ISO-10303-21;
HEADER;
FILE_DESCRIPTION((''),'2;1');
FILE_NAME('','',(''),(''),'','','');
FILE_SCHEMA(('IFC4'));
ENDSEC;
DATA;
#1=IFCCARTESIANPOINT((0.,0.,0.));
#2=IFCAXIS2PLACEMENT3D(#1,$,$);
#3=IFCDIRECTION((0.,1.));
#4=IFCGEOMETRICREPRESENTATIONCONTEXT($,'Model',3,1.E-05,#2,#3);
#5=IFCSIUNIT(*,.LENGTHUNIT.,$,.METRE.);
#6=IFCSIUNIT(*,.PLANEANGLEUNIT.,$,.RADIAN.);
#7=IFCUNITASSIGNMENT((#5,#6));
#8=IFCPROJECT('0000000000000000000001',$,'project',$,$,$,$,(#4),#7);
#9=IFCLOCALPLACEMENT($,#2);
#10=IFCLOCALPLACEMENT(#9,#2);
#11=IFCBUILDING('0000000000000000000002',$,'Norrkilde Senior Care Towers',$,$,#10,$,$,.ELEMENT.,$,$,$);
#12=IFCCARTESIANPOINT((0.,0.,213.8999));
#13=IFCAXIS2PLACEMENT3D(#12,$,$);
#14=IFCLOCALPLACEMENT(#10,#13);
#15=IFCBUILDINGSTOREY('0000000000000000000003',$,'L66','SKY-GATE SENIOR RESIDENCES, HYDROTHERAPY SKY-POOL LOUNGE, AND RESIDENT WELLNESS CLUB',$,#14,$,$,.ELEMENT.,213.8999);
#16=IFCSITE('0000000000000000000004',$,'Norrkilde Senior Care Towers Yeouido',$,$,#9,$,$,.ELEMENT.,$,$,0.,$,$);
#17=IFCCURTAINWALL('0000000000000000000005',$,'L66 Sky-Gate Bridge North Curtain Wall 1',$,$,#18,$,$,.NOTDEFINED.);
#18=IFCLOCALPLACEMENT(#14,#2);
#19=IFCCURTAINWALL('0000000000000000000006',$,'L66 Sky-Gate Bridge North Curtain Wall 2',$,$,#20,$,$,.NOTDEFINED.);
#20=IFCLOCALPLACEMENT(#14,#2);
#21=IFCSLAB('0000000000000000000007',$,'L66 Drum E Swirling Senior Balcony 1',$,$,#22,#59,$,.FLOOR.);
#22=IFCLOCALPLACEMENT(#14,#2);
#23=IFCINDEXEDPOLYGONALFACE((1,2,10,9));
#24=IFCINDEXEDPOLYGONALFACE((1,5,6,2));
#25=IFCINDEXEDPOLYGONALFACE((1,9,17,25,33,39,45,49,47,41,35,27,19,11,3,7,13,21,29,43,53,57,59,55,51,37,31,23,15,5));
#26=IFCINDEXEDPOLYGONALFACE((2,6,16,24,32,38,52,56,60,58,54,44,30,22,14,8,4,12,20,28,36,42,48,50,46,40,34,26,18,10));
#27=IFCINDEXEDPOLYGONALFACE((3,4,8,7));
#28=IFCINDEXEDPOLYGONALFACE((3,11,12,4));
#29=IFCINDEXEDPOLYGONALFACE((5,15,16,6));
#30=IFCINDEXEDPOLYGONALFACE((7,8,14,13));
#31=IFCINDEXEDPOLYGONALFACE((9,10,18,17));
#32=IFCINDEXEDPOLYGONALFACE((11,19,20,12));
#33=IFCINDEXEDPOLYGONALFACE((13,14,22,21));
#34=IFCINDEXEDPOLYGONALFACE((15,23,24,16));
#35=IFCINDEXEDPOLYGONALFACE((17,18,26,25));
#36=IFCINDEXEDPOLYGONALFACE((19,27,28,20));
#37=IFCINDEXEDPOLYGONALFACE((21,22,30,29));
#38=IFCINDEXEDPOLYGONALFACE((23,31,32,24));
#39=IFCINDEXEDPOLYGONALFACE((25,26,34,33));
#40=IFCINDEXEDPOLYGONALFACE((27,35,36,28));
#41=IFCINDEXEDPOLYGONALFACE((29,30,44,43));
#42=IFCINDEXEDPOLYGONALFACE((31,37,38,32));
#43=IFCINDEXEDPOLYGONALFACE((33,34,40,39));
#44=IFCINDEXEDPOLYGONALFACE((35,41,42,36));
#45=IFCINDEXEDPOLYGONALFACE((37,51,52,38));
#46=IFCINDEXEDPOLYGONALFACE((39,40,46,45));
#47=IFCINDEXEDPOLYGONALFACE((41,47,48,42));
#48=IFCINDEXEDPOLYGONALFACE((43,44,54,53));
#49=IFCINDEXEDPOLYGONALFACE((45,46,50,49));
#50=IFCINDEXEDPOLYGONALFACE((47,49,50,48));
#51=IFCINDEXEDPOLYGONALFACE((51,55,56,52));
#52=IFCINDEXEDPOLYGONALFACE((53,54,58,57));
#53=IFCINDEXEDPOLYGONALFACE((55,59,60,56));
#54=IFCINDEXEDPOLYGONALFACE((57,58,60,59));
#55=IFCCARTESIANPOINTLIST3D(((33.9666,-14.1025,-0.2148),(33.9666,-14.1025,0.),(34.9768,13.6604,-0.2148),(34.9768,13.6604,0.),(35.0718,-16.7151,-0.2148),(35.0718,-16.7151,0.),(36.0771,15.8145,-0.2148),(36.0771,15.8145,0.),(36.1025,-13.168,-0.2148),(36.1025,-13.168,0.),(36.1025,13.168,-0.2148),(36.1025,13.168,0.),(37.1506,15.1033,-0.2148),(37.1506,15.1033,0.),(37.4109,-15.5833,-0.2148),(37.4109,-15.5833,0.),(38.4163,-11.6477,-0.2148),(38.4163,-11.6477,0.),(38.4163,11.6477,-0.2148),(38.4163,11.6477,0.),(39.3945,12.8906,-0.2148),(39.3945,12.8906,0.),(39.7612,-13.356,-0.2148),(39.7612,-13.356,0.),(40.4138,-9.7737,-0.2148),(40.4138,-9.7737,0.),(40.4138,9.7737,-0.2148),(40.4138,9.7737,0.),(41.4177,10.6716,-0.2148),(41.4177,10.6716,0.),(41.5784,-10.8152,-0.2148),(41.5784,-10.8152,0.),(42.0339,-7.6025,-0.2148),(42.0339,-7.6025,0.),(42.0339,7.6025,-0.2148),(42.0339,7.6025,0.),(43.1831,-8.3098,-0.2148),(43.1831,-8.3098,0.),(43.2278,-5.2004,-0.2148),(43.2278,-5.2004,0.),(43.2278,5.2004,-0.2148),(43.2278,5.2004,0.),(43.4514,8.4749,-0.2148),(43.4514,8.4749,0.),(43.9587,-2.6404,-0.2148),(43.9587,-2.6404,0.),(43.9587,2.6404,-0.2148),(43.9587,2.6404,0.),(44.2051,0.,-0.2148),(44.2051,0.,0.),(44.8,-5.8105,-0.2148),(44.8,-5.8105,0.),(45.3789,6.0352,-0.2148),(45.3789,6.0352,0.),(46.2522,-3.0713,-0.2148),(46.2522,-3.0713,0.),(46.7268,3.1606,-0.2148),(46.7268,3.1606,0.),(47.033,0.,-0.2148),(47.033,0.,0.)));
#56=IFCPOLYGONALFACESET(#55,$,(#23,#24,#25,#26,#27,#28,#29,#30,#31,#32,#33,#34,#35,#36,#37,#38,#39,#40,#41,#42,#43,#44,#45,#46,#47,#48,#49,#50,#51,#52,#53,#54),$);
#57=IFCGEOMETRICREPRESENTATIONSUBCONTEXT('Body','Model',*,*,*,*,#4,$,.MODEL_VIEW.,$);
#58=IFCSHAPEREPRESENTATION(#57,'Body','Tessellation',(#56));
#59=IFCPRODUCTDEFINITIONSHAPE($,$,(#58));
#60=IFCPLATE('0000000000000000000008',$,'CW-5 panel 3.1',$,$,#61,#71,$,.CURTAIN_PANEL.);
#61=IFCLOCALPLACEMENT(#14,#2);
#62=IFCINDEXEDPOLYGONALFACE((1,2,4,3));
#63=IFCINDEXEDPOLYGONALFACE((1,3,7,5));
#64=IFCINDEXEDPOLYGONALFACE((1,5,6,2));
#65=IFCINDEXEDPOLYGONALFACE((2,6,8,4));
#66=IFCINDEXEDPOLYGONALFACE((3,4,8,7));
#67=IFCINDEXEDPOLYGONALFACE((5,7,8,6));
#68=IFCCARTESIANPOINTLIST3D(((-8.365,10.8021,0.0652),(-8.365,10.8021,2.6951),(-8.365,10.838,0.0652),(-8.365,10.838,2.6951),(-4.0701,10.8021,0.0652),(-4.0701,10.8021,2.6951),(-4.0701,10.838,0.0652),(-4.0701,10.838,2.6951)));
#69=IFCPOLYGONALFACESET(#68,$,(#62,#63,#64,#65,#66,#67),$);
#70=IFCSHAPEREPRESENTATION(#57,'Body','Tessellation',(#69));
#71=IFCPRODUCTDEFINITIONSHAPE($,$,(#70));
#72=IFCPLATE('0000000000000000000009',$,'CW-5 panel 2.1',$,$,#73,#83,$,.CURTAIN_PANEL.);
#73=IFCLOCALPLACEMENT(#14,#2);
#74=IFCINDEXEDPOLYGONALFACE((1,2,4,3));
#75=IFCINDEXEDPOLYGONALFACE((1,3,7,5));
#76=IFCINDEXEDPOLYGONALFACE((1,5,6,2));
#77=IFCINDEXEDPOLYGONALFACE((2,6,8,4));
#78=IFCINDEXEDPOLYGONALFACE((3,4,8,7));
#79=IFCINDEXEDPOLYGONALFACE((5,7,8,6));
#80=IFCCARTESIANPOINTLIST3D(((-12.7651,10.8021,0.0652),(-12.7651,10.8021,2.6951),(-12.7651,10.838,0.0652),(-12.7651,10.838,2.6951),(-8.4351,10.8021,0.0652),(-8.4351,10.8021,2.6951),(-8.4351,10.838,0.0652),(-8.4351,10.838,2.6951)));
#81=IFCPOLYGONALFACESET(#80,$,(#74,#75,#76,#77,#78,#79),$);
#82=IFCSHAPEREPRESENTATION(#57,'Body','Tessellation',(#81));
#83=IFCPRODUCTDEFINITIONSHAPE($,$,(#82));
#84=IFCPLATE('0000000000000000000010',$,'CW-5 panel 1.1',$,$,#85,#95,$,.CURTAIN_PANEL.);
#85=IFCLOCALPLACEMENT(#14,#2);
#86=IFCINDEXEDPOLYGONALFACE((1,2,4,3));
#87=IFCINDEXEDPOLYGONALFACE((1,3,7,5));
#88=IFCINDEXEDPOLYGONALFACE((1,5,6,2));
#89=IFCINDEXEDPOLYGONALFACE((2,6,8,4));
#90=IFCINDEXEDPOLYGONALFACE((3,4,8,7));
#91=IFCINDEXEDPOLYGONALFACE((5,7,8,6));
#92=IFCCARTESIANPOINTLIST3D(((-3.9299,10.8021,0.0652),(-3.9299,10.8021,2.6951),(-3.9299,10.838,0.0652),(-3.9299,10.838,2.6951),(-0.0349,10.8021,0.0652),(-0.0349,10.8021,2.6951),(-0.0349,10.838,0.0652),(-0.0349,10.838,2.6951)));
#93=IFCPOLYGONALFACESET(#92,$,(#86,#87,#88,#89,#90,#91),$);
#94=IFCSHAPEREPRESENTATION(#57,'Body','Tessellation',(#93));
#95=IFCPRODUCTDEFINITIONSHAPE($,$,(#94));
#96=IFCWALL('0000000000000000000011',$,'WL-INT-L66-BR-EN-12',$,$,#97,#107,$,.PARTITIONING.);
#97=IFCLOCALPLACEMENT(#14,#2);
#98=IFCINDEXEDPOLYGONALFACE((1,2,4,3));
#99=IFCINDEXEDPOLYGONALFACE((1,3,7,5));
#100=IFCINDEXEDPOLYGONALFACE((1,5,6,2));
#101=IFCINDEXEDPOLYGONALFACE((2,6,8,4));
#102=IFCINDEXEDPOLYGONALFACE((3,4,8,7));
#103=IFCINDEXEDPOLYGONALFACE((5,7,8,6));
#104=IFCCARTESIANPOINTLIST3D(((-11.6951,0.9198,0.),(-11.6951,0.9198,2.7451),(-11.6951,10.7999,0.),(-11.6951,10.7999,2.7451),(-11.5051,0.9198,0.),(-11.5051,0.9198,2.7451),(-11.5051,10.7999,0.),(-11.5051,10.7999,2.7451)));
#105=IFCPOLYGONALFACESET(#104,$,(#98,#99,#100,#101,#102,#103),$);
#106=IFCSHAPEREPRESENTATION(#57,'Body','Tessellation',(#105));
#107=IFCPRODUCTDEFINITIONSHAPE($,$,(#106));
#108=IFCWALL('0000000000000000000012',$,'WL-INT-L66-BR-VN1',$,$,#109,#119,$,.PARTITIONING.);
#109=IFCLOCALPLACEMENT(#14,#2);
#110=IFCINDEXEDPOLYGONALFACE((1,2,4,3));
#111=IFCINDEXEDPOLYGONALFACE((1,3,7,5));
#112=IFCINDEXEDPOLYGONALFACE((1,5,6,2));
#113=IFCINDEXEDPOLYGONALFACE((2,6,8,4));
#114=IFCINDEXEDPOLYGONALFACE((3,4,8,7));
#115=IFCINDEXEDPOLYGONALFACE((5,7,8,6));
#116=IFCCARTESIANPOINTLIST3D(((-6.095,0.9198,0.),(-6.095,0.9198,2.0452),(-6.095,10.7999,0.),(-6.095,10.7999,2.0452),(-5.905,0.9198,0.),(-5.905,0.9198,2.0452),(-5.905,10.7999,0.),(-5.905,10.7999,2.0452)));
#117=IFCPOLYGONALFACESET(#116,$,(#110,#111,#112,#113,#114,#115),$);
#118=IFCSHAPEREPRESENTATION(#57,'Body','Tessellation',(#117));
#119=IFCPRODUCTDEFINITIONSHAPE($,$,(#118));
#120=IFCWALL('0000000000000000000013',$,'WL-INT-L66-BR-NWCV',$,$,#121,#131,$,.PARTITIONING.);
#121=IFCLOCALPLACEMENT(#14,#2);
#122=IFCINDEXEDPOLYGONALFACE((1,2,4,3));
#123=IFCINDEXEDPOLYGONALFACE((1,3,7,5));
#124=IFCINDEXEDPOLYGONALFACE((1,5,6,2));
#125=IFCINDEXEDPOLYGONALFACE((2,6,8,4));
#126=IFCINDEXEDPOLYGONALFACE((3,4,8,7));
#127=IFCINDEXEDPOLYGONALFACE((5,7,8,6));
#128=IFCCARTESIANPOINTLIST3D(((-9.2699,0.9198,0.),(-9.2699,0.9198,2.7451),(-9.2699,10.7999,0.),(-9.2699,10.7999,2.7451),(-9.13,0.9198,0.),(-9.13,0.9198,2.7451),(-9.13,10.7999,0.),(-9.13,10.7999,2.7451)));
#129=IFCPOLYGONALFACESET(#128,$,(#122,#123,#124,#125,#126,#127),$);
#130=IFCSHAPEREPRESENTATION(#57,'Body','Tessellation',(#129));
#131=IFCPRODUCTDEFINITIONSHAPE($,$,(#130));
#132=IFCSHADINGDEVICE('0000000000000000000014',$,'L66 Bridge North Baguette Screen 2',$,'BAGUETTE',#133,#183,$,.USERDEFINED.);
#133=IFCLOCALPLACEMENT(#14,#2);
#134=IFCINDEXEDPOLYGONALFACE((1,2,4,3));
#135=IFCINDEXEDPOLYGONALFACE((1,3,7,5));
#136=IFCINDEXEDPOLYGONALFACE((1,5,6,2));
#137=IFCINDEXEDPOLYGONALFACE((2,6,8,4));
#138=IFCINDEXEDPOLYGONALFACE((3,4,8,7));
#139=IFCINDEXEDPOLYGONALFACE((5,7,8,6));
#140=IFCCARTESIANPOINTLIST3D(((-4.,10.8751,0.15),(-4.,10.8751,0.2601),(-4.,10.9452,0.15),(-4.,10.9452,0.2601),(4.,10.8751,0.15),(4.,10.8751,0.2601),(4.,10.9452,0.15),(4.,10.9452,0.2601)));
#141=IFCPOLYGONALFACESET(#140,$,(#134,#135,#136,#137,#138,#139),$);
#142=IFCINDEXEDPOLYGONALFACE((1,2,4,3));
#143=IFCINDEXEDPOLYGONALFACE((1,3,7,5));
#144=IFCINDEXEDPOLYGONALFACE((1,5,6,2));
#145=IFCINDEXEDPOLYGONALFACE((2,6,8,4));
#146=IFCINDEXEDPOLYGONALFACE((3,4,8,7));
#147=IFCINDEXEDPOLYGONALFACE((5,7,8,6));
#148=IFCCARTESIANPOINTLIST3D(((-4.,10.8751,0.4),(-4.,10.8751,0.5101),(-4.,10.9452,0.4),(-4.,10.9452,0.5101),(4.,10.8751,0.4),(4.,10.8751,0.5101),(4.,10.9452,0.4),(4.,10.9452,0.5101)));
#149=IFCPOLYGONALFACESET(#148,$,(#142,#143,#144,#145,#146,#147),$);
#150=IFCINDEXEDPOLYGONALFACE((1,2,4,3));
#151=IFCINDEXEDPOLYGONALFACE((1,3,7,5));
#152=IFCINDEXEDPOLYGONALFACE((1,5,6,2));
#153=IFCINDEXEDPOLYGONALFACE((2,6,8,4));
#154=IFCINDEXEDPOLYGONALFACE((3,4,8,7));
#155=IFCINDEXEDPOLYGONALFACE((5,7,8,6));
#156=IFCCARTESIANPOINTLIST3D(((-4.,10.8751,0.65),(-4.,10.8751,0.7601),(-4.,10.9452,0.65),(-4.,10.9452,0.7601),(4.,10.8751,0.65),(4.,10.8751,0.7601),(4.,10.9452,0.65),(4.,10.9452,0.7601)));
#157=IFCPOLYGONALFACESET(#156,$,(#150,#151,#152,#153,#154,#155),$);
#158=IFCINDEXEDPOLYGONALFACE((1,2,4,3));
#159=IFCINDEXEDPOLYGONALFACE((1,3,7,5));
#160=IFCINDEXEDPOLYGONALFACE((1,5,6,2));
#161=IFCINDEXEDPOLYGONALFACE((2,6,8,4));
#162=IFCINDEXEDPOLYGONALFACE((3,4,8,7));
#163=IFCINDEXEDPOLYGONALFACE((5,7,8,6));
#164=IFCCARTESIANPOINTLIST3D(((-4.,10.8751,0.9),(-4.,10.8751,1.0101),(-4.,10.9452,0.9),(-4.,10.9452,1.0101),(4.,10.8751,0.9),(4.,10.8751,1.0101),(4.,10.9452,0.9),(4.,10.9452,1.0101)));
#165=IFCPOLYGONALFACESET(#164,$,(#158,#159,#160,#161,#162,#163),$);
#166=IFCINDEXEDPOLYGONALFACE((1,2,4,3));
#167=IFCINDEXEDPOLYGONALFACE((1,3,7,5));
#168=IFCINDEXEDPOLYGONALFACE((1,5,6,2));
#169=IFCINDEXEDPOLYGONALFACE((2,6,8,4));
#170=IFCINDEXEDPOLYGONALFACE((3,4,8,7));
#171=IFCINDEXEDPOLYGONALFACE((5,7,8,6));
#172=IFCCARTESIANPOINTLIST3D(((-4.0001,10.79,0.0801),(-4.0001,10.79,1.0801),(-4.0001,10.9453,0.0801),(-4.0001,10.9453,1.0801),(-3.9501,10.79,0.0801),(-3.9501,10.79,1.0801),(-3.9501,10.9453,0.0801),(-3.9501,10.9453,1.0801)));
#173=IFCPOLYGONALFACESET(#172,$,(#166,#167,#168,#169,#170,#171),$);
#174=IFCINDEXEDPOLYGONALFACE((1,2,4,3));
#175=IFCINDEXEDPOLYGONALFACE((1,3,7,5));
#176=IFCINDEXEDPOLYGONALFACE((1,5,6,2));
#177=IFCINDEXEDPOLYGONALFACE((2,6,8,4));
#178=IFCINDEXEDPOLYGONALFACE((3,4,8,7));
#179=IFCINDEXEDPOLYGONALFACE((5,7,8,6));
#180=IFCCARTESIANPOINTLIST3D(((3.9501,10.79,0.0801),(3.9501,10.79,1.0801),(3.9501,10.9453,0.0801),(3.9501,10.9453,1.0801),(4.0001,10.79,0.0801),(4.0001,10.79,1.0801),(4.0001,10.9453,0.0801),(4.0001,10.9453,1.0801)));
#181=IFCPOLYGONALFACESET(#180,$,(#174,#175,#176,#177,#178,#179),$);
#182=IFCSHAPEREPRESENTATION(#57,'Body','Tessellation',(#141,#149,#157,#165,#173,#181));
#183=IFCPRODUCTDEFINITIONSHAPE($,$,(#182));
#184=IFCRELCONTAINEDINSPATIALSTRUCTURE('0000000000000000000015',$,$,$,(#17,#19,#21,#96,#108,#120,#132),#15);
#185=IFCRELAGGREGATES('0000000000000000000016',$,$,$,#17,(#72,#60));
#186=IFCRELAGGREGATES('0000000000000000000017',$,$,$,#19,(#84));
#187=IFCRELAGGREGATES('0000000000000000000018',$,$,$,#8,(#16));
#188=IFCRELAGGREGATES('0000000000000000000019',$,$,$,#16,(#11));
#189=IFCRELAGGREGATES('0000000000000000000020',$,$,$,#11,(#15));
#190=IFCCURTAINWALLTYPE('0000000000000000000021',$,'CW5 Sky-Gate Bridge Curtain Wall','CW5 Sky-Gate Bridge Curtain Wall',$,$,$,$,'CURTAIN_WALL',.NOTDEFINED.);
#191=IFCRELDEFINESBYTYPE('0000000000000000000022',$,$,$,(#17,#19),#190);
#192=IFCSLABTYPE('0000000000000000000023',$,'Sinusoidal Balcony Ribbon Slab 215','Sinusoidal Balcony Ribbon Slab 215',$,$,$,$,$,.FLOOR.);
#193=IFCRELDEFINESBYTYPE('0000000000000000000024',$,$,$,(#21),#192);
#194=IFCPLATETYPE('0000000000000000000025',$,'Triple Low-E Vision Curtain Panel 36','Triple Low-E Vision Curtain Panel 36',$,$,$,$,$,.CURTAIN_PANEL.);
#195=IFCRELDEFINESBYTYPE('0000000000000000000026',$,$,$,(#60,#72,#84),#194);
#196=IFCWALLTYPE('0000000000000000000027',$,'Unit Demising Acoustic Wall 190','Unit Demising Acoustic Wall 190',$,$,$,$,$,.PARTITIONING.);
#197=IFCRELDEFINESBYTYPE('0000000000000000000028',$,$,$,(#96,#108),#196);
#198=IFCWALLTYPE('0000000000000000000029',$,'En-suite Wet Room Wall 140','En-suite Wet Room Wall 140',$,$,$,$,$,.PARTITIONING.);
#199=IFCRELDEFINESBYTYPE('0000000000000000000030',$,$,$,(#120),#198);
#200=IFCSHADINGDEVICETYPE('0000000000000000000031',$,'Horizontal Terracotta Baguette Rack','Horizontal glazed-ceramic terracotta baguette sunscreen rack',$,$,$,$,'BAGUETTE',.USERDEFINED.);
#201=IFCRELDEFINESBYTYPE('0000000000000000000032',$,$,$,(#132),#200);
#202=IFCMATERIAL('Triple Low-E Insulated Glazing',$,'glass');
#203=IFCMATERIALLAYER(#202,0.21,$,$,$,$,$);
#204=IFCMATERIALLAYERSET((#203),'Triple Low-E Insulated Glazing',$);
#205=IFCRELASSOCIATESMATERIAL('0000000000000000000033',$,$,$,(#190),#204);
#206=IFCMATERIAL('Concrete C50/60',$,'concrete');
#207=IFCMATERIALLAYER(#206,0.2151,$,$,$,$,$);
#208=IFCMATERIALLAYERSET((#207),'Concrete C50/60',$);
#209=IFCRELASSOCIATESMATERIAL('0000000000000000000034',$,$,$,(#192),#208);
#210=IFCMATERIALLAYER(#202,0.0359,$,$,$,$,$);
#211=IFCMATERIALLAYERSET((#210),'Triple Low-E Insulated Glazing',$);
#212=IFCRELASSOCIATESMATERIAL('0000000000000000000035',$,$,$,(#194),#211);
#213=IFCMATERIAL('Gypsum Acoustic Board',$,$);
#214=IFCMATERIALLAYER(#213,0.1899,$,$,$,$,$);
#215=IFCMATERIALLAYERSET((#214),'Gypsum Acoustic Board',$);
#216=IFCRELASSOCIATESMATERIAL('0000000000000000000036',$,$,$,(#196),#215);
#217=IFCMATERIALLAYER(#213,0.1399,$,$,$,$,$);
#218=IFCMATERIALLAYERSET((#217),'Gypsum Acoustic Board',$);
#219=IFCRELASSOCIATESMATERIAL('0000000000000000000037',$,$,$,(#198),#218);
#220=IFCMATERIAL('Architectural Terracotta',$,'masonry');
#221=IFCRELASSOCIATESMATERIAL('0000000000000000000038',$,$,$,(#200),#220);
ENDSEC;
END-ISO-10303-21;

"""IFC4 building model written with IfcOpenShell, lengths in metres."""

from ifc_helpers import new_model, si_unit, direction, frame, frame_2d, origin, origin_2d, place, context, subcontext, project, spatial, polyline, rectangle, outline, extrude, source, transform, mapped, material, layer, layer_set, type_object, type_shapes, element, aggregate, save


model = new_model("IFC4")

# Units and contexts
model_context = context("Model", 3, precision=1e-05, world=origin(), true_north=direction((0.0, 1.0)))
body_context = subcontext(model_context, "Body", "Model", "MODEL_VIEW")
ifc_project = project(units=[si_unit("LENGTHUNIT", "METRE"), si_unit("PLANEANGLEUNIT", "RADIAN")], contexts=[model_context])

# Site, building, storey
site_placement = place(None, origin())
site = spatial("IfcSite", under=ifc_project, at=site_placement, Name="Norrkilde Senior Care Towers Yeouido", CompositionType="ELEMENT", RefElevation=0.0)
building_placement = place(site_placement, origin())
building = spatial("IfcBuilding", under=site, at=building_placement, Name="Norrkilde Senior Care Towers", CompositionType="ELEMENT")
storey_placement = place(building_placement, frame((0.0, 0.0, 213.8999)))
storey = spatial("IfcBuildingStorey", under=building, at=storey_placement, Name="L66", Description="SKY-GATE SENIOR RESIDENCES, HYDROTHERAPY SKY-POOL LOUNGE, AND RESIDENT WELLNESS CLUB", CompositionType="ELEMENT", Elevation=213.8999)

# Curtain walls
ifc_material_1 = material(Name="Triple Low-E Insulated Glazing", Category="glass")
ifc_layer_1 = layer(ifc_material_1, 0.21)
ifc_layer_set_1 = layer_set([ifc_layer_1], Name="Triple Low-E Insulated Glazing")
curtain_wall_type = type_object("IfcCurtainWallType", Name="CW5 Sky-Gate Bridge Curtain Wall", Description="CW5 Sky-Gate Bridge Curtain Wall", ElementType="CURTAIN_WALL", PredefinedType="NOTDEFINED", material=ifc_layer_set_1)
curtain_wall_1_placement = place(storey_placement, origin())
curtain_wall_1 = element("IfcCurtainWall", 1, at=curtain_wall_1_placement, inside=storey, type_object=curtain_wall_type, Name="L66 Sky-Gate Bridge North Curtain Wall 1", PredefinedType="NOTDEFINED")
curtain_wall_2_placement = place(storey_placement, origin())
curtain_wall_2 = element("IfcCurtainWall", 2, at=curtain_wall_2_placement, inside=storey, type_object=curtain_wall_type, Name="L66 Sky-Gate Bridge North Curtain Wall 2", PredefinedType="NOTDEFINED")

# Slab
ifc_material_2 = material(Name="Concrete C50/60", Category="concrete")
ifc_layer_2 = layer(ifc_material_2, 0.2151)
ifc_layer_set_2 = layer_set([ifc_layer_2], Name="Concrete C50/60")
slab_type_1 = type_object("IfcSlabType", Name="Sinusoidal Balcony Ribbon Slab 215", Description="Sinusoidal Balcony Ribbon Slab 215", PredefinedType="FLOOR", material=ifc_layer_set_2)
slab_1_placement = place(storey_placement, frame((0.0, 0.0, -0.2148)))
element("IfcSlab", 3, at=slab_1_placement, inside=storey, type_object=slab_type_1, Name="L66 Drum E Swirling Senior Balcony 1", PredefinedType="FLOOR", context=body_context, shape_type="SweptSolid", body=[
    extrude(outline(polyline([(41.5784, -10.8152), (39.7612, -13.356), (37.4109, -15.5833), (35.0718, -16.7151), (33.9666, -14.1025), (36.1025, -13.168), (38.4163, -11.6477), (40.4138, -9.7737), (42.0339, -7.6025), (43.2278, -5.2004), (43.9587, -2.6404), (44.2051, 0.0), (43.9587, 2.6404), (43.2278, 5.2004), (42.0339, 7.6025), (40.4138, 9.7737), (38.4163, 11.6477), (36.1025, 13.168), (34.9768, 13.6604), (36.0771, 15.8145), (37.1506, 15.1033), (39.3945, 12.8906), (41.4177, 10.6716), (43.4514, 8.4749), (45.3789, 6.0352), (46.7268, 3.1606), (47.033, 0.0), (46.2522, -3.0713), (44.8, -5.8105), (43.1831, -8.3098), (41.5784, -10.8152)])), origin(), (0.0, 0.0, 1.0), 0.2148),
])

# Plates
ifc_layer_3 = layer(ifc_material_1, 0.0359)
ifc_layer_set_3 = layer_set([ifc_layer_3], Name="Triple Low-E Insulated Glazing")
plate_type = type_object("IfcPlateType", Name="Triple Low-E Vision Curtain Panel 36", Description="Triple Low-E Vision Curtain Panel 36", PredefinedType="CURTAIN_PANEL", material=ifc_layer_set_3)
shared_shape_1 = source(origin(), body_context, "Body", "SweptSolid", [
    extrude(rectangle(XDim=4.2949, YDim=0.0359, at=origin_2d()), origin(), (0.0, 0.0, 1.0), 2.6299),
])
plate_1_placement = place(storey_placement, frame((-6.2175, 10.8201, 0.0652), z_axis=(0.0, 0.0, 1.0), x_axis=(1.0, 0.0, 0.0)))
plate_1 = element("IfcPlate", 4, at=plate_1_placement, type_object=plate_type, Name="CW-5 panel 3.1", PredefinedType="CURTAIN_PANEL", context=body_context, shape_type="MappedRepresentation", body=[
    mapped(shared_shape_1, transform((0.0, 0.0, 0.0), x_axis=(1.0, 0.0, 0.0), y_axis=(0.0, 1.0, 0.0), z_axis=(0.0, 0.0, 1.0), scale=1.0)),
])
shared_shape_2 = source(origin(), body_context, "Body", "SweptSolid", [
    extrude(rectangle(XDim=4.3301, YDim=0.0359, at=origin_2d()), origin(), (0.0, 0.0, 1.0), 2.6299),
])
plate_2_placement = place(storey_placement, frame((-10.6001, 10.8201, 0.0652), z_axis=(0.0, 0.0, 1.0), x_axis=(1.0, 0.0, 0.0)))
plate_2 = element("IfcPlate", 5, at=plate_2_placement, type_object=plate_type, Name="CW-5 panel 2.1", PredefinedType="CURTAIN_PANEL", context=body_context, shape_type="MappedRepresentation", body=[
    mapped(shared_shape_2, transform((0.0, 0.0, 0.0), x_axis=(1.0, 0.0, 0.0), y_axis=(0.0, 1.0, 0.0), z_axis=(0.0, 0.0, 1.0), scale=1.0)),
])
aggregate(curtain_wall_1, [plate_2, plate_1])
shared_shape_3 = source(origin(), body_context, "Body", "SweptSolid", [
    extrude(rectangle(XDim=3.895, YDim=0.0359, at=origin_2d()), origin(), (0.0, 0.0, 1.0), 2.6299),
])
type_shapes(plate_type, [shared_shape_1, shared_shape_2, shared_shape_3])
plate_3_placement = place(storey_placement, frame((-1.9824, 10.8201, 0.0652), z_axis=(0.0, 0.0, 1.0), x_axis=(1.0, 0.0, 0.0)))
plate_3 = element("IfcPlate", 6, at=plate_3_placement, type_object=plate_type, Name="CW-5 panel 1.1", PredefinedType="CURTAIN_PANEL", context=body_context, shape_type="MappedRepresentation", body=[
    mapped(shared_shape_3, transform((0.0, 0.0, 0.0), x_axis=(1.0, 0.0, 0.0), y_axis=(0.0, 1.0, 0.0), z_axis=(0.0, 0.0, 1.0), scale=1.0)),
])
aggregate(curtain_wall_2, [plate_3])

# Walls
ifc_material_3 = material(Name="Gypsum Acoustic Board")
ifc_layer_4 = layer(ifc_material_3, 0.1899)
ifc_layer_set_4 = layer_set([ifc_layer_4], Name="Gypsum Acoustic Board")
wall_type_1 = type_object("IfcWallType", Name="Unit Demising Acoustic Wall 190", Description="Unit Demising Acoustic Wall 190", PredefinedType="PARTITIONING", material=ifc_layer_set_4)
shared_shape_4 = source(origin(), body_context, "Body", "SweptSolid", [
    extrude(rectangle(XDim=9.8801, YDim=0.1899, at=frame_2d((4.9399, 0.0))), origin(), (0.0, 0.0, 1.0), 2.7451),
])
wall_1_placement = place(storey_placement, frame((-11.6001, 0.9199, 0.0), z_axis=(0.0, 0.0, 1.0), x_axis=(0.0, 1.0, 0.0)))
element("IfcWall", 7, at=wall_1_placement, inside=storey, type_object=wall_type_1, Name="WL-INT-L66-BR-EN-12", PredefinedType="PARTITIONING", context=body_context, shape_type="MappedRepresentation", body=[
    mapped(shared_shape_4, transform((0.0, 0.0, 0.0), x_axis=(1.0, 0.0, 0.0), y_axis=(0.0, 1.0, 0.0), z_axis=(0.0, 0.0, 1.0), scale=1.0)),
])
shared_shape_5 = source(origin(), body_context, "Body", "SweptSolid", [
    extrude(rectangle(XDim=9.8801, YDim=0.1899, at=frame_2d((4.9399, 0.0))), origin(), (0.0, 0.0, 1.0), 2.0452),
])
type_shapes(wall_type_1, [shared_shape_4, shared_shape_5])
wall_2_placement = place(storey_placement, frame((-6.0, 0.9199, 0.0), z_axis=(0.0, 0.0, 1.0), x_axis=(0.0, 1.0, 0.0)))
element("IfcWall", 8, at=wall_2_placement, inside=storey, type_object=wall_type_1, Name="WL-INT-L66-BR-VN1", PredefinedType="PARTITIONING", context=body_context, shape_type="MappedRepresentation", body=[
    mapped(shared_shape_5, transform((0.0, 0.0, 0.0), x_axis=(1.0, 0.0, 0.0), y_axis=(0.0, 1.0, 0.0), z_axis=(0.0, 0.0, 1.0), scale=1.0)),
])
ifc_layer_5 = layer(ifc_material_3, 0.1399)
ifc_layer_set_5 = layer_set([ifc_layer_5], Name="Gypsum Acoustic Board")
wall_type_2 = type_object("IfcWallType", Name="En-suite Wet Room Wall 140", Description="En-suite Wet Room Wall 140", PredefinedType="PARTITIONING", material=ifc_layer_set_5)
shared_shape_6 = source(origin(), body_context, "Body", "SweptSolid", [
    extrude(rectangle(XDim=9.8801, YDim=0.1399, at=frame_2d((4.9399, 0.0))), origin(), (0.0, 0.0, 1.0), 2.7451),
])
type_shapes(wall_type_2, [shared_shape_6])
wall_3_placement = place(storey_placement, frame((-9.2, 0.9199, 0.0), z_axis=(0.0, 0.0, 1.0), x_axis=(0.0, 1.0, 0.0)))
element("IfcWall", 9, at=wall_3_placement, inside=storey, type_object=wall_type_2, Name="WL-INT-L66-BR-NWCV", PredefinedType="PARTITIONING", context=body_context, shape_type="MappedRepresentation", body=[
    mapped(shared_shape_6, transform((0.0, 0.0, 0.0), x_axis=(1.0, 0.0, 0.0), y_axis=(0.0, 1.0, 0.0), z_axis=(0.0, 0.0, 1.0), scale=1.0)),
])

# Shading device
ifc_material_4 = material(Name="Architectural Terracotta", Category="masonry")
shading_device_type = type_object("IfcShadingDeviceType", Name="Horizontal Terracotta Baguette Rack", Description="Horizontal glazed-ceramic terracotta baguette sunscreen rack", ElementType="BAGUETTE", PredefinedType="USERDEFINED", material=ifc_material_4)
shared_shape_7 = source(origin(), body_context, "Body", "SweptSolid", [
    extrude(rectangle(XDim=0.0701, YDim=0.1101, at=origin_2d()), frame((0.0, 0.0901, 0.125), z_axis=(1.0, 0.0, 0.0), x_axis=(0.0, 1.0, 0.0)), (0.0, 0.0, 1.0), 8.0),
    extrude(rectangle(XDim=0.0701, YDim=0.1101, at=origin_2d()), frame((0.0, 0.0901, 0.375), z_axis=(1.0, 0.0, 0.0), x_axis=(0.0, 1.0, 0.0)), (0.0, 0.0, 1.0), 8.0),
    extrude(rectangle(XDim=0.0701, YDim=0.1101, at=origin_2d()), frame((0.0, 0.0901, 0.625), z_axis=(1.0, 0.0, 0.0), x_axis=(0.0, 1.0, 0.0)), (0.0, 0.0, 1.0), 8.0),
    extrude(rectangle(XDim=0.0701, YDim=0.1101, at=origin_2d()), frame((0.0, 0.0901, 0.875), z_axis=(1.0, 0.0, 0.0), x_axis=(0.0, 1.0, 0.0)), (0.0, 0.0, 1.0), 8.0),
    extrude(rectangle(XDim=0.05, YDim=0.1553, at=origin_2d()), frame((0.0249, 0.0476, 0.0)), (0.0, 0.0, 1.0), 1.0),
    extrude(rectangle(XDim=0.05, YDim=0.1553, at=origin_2d()), frame((7.9751, 0.0476, 0.0)), (0.0, 0.0, 1.0), 1.0),
])
type_shapes(shading_device_type, [shared_shape_7])
shading_device_placement = place(storey_placement, frame((-4.0, 10.8201, 0.0801), z_axis=(0.0, 0.0, 1.0), x_axis=(1.0, 0.0, 0.0)))
element("IfcShadingDevice", 10, at=shading_device_placement, inside=storey, type_object=shading_device_type, Name="L66 Bridge North Baguette Screen 2", ObjectType="BAGUETTE", PredefinedType="USERDEFINED", context=body_context, shape_type="MappedRepresentation", body=[
    mapped(shared_shape_7, transform((0.0, 0.0, 0.0), x_axis=(1.0, 0.0, 0.0), y_axis=(0.0, 1.0, 0.0), z_axis=(0.0, 0.0, 1.0), scale=1.0)),
])

save(model, "model.ifc")
